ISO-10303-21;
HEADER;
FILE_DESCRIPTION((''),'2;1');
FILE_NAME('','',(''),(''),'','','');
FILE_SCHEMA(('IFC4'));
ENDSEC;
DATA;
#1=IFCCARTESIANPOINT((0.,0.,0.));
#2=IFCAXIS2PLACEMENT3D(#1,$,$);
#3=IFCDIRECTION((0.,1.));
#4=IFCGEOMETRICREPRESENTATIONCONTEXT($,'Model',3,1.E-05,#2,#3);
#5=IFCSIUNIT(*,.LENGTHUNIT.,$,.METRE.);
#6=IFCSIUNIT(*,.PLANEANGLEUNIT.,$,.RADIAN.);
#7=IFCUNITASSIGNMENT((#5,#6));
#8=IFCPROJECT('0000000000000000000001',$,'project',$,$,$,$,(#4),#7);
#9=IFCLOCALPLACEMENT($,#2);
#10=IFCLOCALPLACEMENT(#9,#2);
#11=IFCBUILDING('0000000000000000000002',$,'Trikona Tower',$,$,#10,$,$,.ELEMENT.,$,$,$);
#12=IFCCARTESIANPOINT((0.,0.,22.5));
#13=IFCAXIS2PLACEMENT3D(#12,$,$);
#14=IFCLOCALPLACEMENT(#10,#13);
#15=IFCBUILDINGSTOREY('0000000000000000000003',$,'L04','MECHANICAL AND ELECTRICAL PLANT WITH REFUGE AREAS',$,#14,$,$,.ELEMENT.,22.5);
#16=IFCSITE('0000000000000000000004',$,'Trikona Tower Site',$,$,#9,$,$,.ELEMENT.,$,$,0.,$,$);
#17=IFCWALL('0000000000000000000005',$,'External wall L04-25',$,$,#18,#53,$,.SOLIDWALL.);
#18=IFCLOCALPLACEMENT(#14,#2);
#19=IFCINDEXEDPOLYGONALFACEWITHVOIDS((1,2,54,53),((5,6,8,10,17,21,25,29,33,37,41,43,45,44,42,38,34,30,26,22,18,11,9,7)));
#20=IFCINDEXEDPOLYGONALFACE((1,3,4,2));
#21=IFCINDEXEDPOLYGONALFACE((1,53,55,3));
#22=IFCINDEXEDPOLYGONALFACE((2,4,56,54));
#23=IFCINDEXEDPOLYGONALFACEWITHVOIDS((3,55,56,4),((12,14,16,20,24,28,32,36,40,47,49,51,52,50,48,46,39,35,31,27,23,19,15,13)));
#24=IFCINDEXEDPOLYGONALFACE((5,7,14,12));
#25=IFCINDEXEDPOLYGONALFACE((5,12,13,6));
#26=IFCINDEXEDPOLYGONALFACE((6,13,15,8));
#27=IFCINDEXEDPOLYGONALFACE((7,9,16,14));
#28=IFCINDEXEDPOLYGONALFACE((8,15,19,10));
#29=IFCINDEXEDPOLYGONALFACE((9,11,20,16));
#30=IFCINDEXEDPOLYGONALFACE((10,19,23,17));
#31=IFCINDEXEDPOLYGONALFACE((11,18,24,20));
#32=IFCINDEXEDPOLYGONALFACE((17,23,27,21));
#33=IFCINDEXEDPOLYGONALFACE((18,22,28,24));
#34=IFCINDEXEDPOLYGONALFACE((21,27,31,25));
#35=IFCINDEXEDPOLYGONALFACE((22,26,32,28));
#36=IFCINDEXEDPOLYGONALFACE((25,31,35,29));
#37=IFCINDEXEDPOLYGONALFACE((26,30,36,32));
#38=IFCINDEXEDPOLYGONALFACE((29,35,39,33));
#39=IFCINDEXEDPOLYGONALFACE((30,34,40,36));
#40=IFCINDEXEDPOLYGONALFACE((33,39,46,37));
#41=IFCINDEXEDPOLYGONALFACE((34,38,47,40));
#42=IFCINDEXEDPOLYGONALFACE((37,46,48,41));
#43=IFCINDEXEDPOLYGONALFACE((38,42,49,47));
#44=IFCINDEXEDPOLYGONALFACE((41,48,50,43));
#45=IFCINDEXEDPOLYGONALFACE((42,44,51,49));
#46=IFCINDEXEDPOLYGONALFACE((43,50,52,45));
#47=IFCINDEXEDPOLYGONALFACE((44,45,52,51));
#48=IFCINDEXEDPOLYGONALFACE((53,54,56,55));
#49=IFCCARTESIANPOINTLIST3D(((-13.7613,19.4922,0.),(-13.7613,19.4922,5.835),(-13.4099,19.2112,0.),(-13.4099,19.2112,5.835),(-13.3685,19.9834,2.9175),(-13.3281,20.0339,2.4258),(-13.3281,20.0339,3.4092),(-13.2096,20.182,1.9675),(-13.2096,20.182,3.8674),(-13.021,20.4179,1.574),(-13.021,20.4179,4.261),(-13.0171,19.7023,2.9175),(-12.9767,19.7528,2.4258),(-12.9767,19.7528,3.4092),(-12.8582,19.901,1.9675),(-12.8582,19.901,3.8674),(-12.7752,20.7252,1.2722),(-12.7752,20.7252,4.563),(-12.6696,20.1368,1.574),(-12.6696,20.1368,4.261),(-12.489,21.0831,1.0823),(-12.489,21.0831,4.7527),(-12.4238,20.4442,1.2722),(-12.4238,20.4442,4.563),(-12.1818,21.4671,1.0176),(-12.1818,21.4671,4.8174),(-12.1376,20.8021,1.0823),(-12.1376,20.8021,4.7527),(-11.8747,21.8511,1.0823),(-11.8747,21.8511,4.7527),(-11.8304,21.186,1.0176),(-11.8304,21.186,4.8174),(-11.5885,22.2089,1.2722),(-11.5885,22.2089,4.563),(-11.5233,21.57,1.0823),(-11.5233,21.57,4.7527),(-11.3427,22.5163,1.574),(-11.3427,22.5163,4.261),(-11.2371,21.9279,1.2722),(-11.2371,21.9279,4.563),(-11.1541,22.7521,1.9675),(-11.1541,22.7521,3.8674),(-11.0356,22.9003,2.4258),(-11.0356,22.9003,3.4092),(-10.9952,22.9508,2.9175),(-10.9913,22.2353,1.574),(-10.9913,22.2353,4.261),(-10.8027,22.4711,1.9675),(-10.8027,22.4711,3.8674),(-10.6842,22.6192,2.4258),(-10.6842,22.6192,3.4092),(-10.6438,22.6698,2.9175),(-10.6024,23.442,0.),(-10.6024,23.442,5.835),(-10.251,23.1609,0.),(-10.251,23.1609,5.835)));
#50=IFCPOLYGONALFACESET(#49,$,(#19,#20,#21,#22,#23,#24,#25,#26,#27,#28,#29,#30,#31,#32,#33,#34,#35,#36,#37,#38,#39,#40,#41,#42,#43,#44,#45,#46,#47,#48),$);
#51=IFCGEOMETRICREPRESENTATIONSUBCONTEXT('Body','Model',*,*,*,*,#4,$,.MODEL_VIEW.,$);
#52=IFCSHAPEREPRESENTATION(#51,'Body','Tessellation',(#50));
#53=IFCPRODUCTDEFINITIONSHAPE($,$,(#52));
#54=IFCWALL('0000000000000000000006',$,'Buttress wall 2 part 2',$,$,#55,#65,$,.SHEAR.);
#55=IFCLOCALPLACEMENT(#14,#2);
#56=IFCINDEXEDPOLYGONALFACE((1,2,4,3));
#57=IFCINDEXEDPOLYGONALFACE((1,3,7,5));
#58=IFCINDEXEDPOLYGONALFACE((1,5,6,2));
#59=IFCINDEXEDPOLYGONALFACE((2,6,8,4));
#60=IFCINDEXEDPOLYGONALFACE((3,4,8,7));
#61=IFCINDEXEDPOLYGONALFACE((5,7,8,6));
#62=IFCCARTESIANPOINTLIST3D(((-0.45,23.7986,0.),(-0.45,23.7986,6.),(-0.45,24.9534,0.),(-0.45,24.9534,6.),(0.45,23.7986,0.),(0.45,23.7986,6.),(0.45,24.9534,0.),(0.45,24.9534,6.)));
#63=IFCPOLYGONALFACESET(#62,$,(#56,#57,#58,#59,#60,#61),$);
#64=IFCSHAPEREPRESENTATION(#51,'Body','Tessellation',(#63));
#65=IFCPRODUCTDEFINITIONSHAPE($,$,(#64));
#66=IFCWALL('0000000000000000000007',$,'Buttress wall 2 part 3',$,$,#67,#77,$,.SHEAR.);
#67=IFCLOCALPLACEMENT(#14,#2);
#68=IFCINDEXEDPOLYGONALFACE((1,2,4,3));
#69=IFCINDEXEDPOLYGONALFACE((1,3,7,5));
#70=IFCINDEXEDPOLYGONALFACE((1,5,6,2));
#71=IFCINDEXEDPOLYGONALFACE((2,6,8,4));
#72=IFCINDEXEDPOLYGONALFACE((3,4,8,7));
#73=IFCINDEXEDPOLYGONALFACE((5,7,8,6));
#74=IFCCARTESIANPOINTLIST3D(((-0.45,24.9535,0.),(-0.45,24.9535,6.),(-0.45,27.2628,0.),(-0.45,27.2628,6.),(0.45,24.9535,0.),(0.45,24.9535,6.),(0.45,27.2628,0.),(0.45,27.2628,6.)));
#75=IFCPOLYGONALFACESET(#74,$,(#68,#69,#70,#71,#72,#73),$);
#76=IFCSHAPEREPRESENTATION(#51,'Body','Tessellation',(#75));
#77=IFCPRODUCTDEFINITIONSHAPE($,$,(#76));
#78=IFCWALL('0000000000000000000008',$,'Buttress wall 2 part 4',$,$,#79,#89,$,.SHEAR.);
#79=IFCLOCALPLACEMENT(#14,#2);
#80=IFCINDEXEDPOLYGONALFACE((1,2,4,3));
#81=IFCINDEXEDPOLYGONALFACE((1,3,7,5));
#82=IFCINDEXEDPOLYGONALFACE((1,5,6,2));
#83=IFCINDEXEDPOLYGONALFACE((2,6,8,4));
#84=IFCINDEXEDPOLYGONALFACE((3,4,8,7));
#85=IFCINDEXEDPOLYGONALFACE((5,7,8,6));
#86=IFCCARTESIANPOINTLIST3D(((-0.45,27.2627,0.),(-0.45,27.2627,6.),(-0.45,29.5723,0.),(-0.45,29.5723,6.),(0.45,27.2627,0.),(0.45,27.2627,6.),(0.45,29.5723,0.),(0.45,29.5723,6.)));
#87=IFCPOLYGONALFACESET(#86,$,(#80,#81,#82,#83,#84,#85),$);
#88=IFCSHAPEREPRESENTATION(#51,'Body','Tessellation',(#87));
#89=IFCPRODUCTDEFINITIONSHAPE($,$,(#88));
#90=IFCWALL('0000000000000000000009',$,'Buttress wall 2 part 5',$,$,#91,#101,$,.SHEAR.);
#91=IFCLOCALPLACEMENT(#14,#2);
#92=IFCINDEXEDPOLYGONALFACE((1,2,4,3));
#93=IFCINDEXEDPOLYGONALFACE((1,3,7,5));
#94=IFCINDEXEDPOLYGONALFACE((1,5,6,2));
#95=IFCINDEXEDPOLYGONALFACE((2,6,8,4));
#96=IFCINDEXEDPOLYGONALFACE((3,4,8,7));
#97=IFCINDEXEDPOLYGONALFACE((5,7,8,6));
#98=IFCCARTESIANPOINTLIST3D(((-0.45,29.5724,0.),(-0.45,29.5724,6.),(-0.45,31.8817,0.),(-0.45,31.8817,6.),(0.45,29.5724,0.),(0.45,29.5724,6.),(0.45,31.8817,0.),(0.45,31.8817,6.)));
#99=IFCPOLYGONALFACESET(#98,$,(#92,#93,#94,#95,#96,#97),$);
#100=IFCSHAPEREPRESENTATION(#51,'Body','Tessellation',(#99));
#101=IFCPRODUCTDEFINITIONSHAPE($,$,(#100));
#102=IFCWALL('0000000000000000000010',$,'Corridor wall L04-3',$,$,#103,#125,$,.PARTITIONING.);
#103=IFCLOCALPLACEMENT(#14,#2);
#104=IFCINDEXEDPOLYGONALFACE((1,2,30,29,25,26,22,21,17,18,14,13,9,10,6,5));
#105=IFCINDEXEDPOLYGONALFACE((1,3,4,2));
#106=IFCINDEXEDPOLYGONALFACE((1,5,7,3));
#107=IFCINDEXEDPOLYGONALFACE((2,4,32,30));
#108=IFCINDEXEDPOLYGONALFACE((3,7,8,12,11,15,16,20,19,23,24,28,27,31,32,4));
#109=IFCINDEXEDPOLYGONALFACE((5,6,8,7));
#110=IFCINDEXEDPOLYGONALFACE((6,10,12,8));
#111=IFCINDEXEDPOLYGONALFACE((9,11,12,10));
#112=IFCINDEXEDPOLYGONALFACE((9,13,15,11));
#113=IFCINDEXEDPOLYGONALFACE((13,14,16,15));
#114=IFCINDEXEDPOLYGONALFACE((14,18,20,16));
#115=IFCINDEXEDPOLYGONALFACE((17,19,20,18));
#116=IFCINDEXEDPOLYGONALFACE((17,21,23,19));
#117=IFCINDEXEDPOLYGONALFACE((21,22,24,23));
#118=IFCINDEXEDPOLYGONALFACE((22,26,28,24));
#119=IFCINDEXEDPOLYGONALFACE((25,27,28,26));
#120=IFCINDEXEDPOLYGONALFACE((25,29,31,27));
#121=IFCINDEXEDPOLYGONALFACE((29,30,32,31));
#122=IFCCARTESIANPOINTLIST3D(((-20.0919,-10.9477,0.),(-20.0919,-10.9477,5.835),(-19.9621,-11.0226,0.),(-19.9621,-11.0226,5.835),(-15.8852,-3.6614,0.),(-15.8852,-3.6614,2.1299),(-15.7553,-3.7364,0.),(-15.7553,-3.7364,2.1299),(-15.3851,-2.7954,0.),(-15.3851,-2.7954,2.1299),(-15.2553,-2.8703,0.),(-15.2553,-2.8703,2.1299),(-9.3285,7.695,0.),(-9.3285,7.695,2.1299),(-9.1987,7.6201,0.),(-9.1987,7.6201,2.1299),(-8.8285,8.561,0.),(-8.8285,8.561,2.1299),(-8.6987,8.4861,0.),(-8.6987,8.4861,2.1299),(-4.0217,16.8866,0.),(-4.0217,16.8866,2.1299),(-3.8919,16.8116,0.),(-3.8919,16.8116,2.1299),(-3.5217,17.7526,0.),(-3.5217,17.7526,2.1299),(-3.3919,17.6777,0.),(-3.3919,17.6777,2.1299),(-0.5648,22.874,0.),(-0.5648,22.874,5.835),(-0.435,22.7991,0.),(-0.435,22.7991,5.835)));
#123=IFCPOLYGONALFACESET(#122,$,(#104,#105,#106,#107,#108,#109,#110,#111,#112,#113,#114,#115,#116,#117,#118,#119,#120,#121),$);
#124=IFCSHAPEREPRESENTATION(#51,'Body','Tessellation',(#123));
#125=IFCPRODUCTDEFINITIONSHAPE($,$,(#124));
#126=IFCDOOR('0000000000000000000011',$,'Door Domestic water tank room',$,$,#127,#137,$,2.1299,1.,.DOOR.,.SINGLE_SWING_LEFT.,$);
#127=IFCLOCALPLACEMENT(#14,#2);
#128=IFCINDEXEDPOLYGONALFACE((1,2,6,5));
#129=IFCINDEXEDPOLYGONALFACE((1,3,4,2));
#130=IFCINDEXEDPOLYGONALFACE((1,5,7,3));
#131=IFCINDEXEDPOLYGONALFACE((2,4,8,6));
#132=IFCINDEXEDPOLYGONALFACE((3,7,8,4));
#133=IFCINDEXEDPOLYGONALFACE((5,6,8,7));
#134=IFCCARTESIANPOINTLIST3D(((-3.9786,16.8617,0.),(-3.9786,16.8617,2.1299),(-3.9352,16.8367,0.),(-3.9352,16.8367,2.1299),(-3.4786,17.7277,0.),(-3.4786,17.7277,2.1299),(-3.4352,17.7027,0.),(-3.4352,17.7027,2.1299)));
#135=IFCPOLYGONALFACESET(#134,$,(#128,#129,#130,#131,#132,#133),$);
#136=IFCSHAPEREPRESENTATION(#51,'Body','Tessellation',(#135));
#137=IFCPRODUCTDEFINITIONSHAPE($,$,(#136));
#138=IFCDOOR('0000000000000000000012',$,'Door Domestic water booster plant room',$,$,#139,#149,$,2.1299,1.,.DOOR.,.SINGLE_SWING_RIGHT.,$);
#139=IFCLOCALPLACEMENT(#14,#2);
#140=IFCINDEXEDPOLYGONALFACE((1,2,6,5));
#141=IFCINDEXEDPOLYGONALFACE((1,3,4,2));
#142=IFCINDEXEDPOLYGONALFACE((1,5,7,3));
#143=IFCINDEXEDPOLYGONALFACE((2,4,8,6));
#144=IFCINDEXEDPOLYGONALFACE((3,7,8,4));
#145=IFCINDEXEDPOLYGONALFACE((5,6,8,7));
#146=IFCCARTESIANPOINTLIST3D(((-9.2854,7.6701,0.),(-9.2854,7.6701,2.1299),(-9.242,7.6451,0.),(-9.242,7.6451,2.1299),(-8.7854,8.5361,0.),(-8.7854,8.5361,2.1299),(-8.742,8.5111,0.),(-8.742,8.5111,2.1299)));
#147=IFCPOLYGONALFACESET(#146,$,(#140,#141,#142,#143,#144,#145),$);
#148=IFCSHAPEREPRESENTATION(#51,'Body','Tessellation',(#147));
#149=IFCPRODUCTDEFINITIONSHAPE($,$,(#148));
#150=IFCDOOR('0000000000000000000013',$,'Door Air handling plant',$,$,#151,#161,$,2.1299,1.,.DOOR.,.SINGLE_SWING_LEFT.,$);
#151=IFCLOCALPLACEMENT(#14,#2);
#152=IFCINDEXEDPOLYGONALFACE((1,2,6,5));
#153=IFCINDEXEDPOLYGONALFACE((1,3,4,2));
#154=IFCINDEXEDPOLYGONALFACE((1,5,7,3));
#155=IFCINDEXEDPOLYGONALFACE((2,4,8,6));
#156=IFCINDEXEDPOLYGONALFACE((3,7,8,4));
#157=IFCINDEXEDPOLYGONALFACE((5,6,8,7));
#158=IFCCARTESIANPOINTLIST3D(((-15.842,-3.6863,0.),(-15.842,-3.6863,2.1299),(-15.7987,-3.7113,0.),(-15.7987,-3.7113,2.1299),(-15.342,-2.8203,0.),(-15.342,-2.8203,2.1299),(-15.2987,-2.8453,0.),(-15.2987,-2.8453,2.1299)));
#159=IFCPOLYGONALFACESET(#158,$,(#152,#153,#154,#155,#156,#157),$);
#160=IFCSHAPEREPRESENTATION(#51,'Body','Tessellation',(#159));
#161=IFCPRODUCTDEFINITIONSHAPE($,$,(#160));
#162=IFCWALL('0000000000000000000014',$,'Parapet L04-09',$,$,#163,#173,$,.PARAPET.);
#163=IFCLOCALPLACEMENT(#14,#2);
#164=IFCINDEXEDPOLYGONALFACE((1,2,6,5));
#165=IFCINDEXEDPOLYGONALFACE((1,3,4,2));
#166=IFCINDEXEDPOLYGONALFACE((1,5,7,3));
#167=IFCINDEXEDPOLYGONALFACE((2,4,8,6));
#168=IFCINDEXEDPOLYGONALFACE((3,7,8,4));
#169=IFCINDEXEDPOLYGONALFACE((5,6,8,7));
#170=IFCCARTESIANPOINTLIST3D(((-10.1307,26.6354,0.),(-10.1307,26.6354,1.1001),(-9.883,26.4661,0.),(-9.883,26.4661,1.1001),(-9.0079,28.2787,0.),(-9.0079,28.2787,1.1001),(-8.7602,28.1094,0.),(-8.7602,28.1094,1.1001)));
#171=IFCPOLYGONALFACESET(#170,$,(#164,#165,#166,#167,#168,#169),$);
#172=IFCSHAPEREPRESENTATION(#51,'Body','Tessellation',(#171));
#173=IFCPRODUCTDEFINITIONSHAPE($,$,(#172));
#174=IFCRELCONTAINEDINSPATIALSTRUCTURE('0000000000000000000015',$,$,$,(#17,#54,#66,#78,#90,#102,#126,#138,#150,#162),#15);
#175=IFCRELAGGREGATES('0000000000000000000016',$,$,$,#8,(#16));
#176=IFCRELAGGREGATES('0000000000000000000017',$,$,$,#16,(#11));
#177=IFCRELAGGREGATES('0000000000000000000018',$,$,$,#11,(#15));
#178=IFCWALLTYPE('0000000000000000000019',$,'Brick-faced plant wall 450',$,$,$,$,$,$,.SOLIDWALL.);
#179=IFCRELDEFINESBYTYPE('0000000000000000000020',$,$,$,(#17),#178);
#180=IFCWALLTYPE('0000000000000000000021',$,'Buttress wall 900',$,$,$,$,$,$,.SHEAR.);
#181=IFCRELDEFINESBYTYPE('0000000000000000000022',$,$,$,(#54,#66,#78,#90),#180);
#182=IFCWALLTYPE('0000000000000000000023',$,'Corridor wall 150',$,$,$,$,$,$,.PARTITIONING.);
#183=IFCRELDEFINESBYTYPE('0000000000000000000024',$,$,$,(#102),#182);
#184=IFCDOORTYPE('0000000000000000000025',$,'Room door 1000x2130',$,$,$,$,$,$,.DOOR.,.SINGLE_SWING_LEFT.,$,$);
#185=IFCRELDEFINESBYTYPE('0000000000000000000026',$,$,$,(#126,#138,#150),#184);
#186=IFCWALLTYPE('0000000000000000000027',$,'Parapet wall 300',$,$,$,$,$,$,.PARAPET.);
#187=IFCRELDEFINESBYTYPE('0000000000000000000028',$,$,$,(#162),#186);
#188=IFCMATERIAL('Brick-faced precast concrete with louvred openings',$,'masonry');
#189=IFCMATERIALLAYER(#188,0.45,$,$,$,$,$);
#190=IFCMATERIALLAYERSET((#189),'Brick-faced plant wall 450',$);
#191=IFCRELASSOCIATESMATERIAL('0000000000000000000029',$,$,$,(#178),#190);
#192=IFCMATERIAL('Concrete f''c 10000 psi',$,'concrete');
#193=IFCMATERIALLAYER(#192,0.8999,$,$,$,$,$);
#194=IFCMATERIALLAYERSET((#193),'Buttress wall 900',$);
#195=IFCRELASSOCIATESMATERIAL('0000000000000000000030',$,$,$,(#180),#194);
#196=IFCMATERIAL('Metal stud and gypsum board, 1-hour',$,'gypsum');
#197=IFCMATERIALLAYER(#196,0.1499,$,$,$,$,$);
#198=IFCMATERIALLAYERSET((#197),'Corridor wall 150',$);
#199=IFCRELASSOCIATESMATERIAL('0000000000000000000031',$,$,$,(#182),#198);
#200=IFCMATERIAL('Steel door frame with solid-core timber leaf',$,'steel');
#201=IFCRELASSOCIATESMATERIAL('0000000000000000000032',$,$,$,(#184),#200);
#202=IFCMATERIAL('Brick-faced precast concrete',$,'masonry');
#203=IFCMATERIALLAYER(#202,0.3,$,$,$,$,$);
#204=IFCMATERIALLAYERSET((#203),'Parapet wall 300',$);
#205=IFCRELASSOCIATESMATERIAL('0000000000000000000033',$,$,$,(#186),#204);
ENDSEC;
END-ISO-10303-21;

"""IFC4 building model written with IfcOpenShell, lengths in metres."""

from ifc_helpers import new_model, si_unit, direction, frame, frame_2d, origin, place, context, subcontext, project, spatial, polyline, rectangle, outline, extrude, material, layer, layer_set, type_object, element, fill, save


model = new_model("IFC4")

# Units and contexts
model_context = context("Model", 3, precision=1e-05, world=origin(), true_north=direction((0.0, 1.0)))
body_context = subcontext(model_context, "Body", "Model", "MODEL_VIEW")
ifc_project = project(units=[si_unit("LENGTHUNIT", "METRE"), si_unit("PLANEANGLEUNIT", "RADIAN")], contexts=[model_context])

# Site, building, storey
site_placement = place(None, origin())
site = spatial("IfcSite", under=ifc_project, at=site_placement, Name="Trikona Tower Site", CompositionType="ELEMENT", RefElevation=0.0)
building_placement = place(site_placement, origin())
building = spatial("IfcBuilding", under=site, at=building_placement, Name="Trikona Tower", CompositionType="ELEMENT")
storey_placement = place(building_placement, frame((0.0, 0.0, 22.5)))
storey = spatial("IfcBuildingStorey", under=building, at=storey_placement, Name="L04", Description="MECHANICAL AND ELECTRICAL PLANT WITH REFUGE AREAS", CompositionType="ELEMENT", Elevation=22.5)

# Walls
ifc_material_1 = material(Name="Brick-faced precast concrete with louvred openings", Category="masonry")
ifc_layer_1 = layer(ifc_material_1, 0.45)
ifc_layer_set_1 = layer_set([ifc_layer_1], Name="Brick-faced plant wall 450")
wall_type_1 = type_object("IfcWallType", Name="Brick-faced plant wall 450", PredefinedType="SOLIDWALL", material=ifc_layer_set_1)
wall_1_placement = place(storey_placement, frame((-10.4268, 23.3015, 0.0), z_axis=(0.0, 0.0, 1.0), x_axis=(-0.624595, -0.780949, 0.0)))
element("IfcWall", 1, at=wall_1_placement, inside=storey, type_object=wall_type_1, Name="External wall L04-25", PredefinedType="SOLIDWALL", context=body_context, shape_type="SweptSolid", body=[
    extrude(outline(polyline([(0.0, 0.0), (5.0576, 0.0), (5.0576, 5.835), (0.0, 5.835), (0.0, 0.0)]), holes=[polyline([(4.4287, 2.9175), (4.364, 3.4092), (4.1743, 3.8674), (3.8723, 4.261), (3.4788, 4.563), (3.0205, 4.7527), (2.5288, 4.8174), (2.0371, 4.7527), (1.5789, 4.563), (1.1853, 4.261), (0.8833, 3.8674), (0.6936, 3.4092), (0.6289, 2.9175), (0.6936, 2.4258), (0.8833, 1.9675), (1.1853, 1.574), (1.5789, 1.2722), (2.0371, 1.0823), (2.5288, 1.0176), (3.0205, 1.0823), (3.4788, 1.2722), (3.8723, 1.574), (4.1743, 1.9675), (4.364, 2.4258), (4.4287, 2.9175)])]), frame((0.0, 0.2251, 0.0), z_axis=(0.0, -1.0, 0.0), x_axis=(1.0, 0.0, 0.0)), (0.0, 0.0, 1.0), 0.45),
])
ifc_material_2 = material(Name="Concrete f'c 10000 psi", Category="concrete")
ifc_layer_2 = layer(ifc_material_2, 0.8999)
ifc_layer_set_2 = layer_set([ifc_layer_2], Name="Buttress wall 900")
wall_type_2 = type_object("IfcWallType", Name="Buttress wall 900", PredefinedType="SHEAR", material=ifc_layer_set_2)
wall_2_placement = place(storey_placement, frame((0.0, 23.7986, 0.0), z_axis=(0.0, 0.0, 1.0), x_axis=(0.0, 1.0, 0.0)))
element("IfcWall", 2, at=wall_2_placement, inside=storey, type_object=wall_type_2, Name="Buttress wall 2 part 2", PredefinedType="SHEAR", context=body_context, shape_type="SweptSolid", body=[
    extrude(rectangle(XDim=1.1548, YDim=0.8999, at=frame_2d((0.5774, 0.0))), origin(), (0.0, 0.0, 1.0), 6.0),
])
wall_3_placement = place(storey_placement, frame((0.0, 24.9534, 0.0), z_axis=(0.0, 0.0, 1.0), x_axis=(0.0, 1.0, 0.0)))
element("IfcWall", 3, at=wall_3_placement, inside=storey, type_object=wall_type_2, Name="Buttress wall 2 part 3", PredefinedType="SHEAR", context=body_context, shape_type="SweptSolid", body=[
    extrude(rectangle(XDim=2.3093, YDim=0.8999, at=frame_2d((1.1548, 0.0))), origin(), (0.0, 0.0, 1.0), 6.0),
])
wall_4_placement = place(storey_placement, frame((0.0, 27.2627, 0.0), z_axis=(0.0, 0.0, 1.0), x_axis=(0.0, 1.0, 0.0)))
element("IfcWall", 4, at=wall_4_placement, inside=storey, type_object=wall_type_2, Name="Buttress wall 2 part 4", PredefinedType="SHEAR", context=body_context, shape_type="SweptSolid", body=[
    extrude(rectangle(XDim=2.3096, YDim=0.8999, at=frame_2d((1.1548, 0.0))), origin(), (0.0, 0.0, 1.0), 6.0),
])
wall_5_placement = place(storey_placement, frame((0.0, 29.5723, 0.0), z_axis=(0.0, 0.0, 1.0), x_axis=(0.0, 1.0, 0.0)))
element("IfcWall", 5, at=wall_5_placement, inside=storey, type_object=wall_type_2, Name="Buttress wall 2 part 5", PredefinedType="SHEAR", context=body_context, shape_type="SweptSolid", body=[
    extrude(rectangle(XDim=2.3093, YDim=0.8999, at=frame_2d((1.1548, 0.0))), origin(), (0.0, 0.0, 1.0), 6.0),
])

# Wall, openings, doors
ifc_material_3 = material(Name="Metal stud and gypsum board, 1-hour", Category="gypsum")
ifc_layer_3 = layer(ifc_material_3, 0.1499)
ifc_layer_set_3 = layer_set([ifc_layer_3], Name="Corridor wall 150")
wall_type_3 = type_object("IfcWallType", Name="Corridor wall 150", PredefinedType="PARTITIONING", material=ifc_layer_set_3)
wall_6_placement = place(storey_placement, frame((-0.5, 22.8364, 0.0), z_axis=(0.0, 0.0, 1.0), x_axis=(-0.500002, -0.866024, 0.0)))
wall_6 = element("IfcWall", 6, at=wall_6_placement, inside=storey, type_object=wall_type_3, Name="Corridor wall L04-3", PredefinedType="PARTITIONING", context=body_context, shape_type="SweptSolid", body=[
    extrude(rectangle(XDim=39.054, YDim=0.1499, at=frame_2d((19.5269, 0.0))), origin(), (0.0, 0.0, 1.0), 5.835),
])
opening_1_placement = place(wall_6_placement, frame((5.9136, 0.0, 0.0)))
opening_1 = element("IfcOpeningElement", 7, at=opening_1_placement, cuts=wall_6, PredefinedType="OPENING", context=body_context, shape_type="SweptSolid", body=[
    extrude(rectangle(XDim=1.0, YDim=2.1299, at=frame_2d((0.5, 1.0649))), frame((0.0, 0.085, 0.0), z_axis=(0.0, -1.0, 0.0), x_axis=(1.0, 0.0, 0.0)), (0.0, 0.0, 1.0), 0.1699),
])
opening_2_placement = place(wall_6_placement, frame((16.5271, 0.0, 0.0)))
opening_2 = element("IfcOpeningElement", 8, at=opening_2_placement, cuts=wall_6, PredefinedType="OPENING", context=body_context, shape_type="SweptSolid", body=[
    extrude(rectangle(XDim=1.0, YDim=2.1299, at=frame_2d((0.5, 1.0649))), frame((0.0, 0.085, 0.0), z_axis=(0.0, -1.0, 0.0), x_axis=(1.0, 0.0, 0.0)), (0.0, 0.0, 1.0), 0.1699),
])
opening_3_placement = place(wall_6_placement, frame((29.6404, 0.0, 0.0)))
opening_3 = element("IfcOpeningElement", 9, at=opening_3_placement, cuts=wall_6, PredefinedType="OPENING", context=body_context, shape_type="SweptSolid", body=[
    extrude(rectangle(XDim=1.0, YDim=2.1299, at=frame_2d((0.5, 1.0649))), frame((0.0, 0.085, 0.0), z_axis=(0.0, -1.0, 0.0), x_axis=(1.0, 0.0, 0.0)), (0.0, 0.0, 1.0), 0.1699),
])
ifc_material_4 = material(Name="Steel door frame with solid-core timber leaf", Category="steel")
door_type = type_object("IfcDoorType", Name="Room door 1000x2130", OperationType="SINGLE_SWING_LEFT", PredefinedType="DOOR", material=ifc_material_4)
door_1_placement = place(opening_1_placement, origin())
door_1 = element("IfcDoor", 10, at=door_1_placement, inside=storey, type_object=door_type, Name="Door Domestic water tank room", OperationType="SINGLE_SWING_LEFT", OverallHeight=2.1299, OverallWidth=1.0, PredefinedType="DOOR", context=body_context, shape_type="SweptSolid", body=[
    extrude(rectangle(XDim=1.0, YDim=2.1299, at=frame_2d((0.5, 1.0649))), frame((0.0, 0.0249, 0.0), z_axis=(0.0, -1.0, 0.0), x_axis=(1.0, 0.0, 0.0)), (0.0, 0.0, 1.0), 0.05),
])
fill(opening_1, door_1)
door_2_placement = place(opening_2_placement, origin())
door_2 = element("IfcDoor", 11, at=door_2_placement, inside=storey, type_object=door_type, Name="Door Domestic water booster plant room", OperationType="SINGLE_SWING_RIGHT", OverallHeight=2.1299, OverallWidth=1.0, PredefinedType="DOOR", context=body_context, shape_type="SweptSolid", body=[
    extrude(rectangle(XDim=1.0, YDim=2.1299, at=frame_2d((0.5, 1.0649))), frame((0.0, 0.0249, 0.0), z_axis=(0.0, -1.0, 0.0), x_axis=(1.0, 0.0, 0.0)), (0.0, 0.0, 1.0), 0.05),
])
fill(opening_2, door_2)
door_3_placement = place(opening_3_placement, origin())
door_3 = element("IfcDoor", 12, at=door_3_placement, inside=storey, type_object=door_type, Name="Door Air handling plant", OperationType="SINGLE_SWING_LEFT", OverallHeight=2.1299, OverallWidth=1.0, PredefinedType="DOOR", context=body_context, shape_type="SweptSolid", body=[
    extrude(rectangle(XDim=1.0, YDim=2.1299, at=frame_2d((0.5, 1.0649))), frame((0.0, 0.0249, 0.0), z_axis=(0.0, -1.0, 0.0), x_axis=(1.0, 0.0, 0.0)), (0.0, 0.0, 1.0), 0.05),
])
fill(opening_3, door_3)

# Wall
ifc_material_5 = material(Name="Brick-faced precast concrete", Category="masonry")
ifc_layer_4 = layer(ifc_material_5, 0.3)
ifc_layer_set_4 = layer_set([ifc_layer_4], Name="Parapet wall 300")
wall_type_4 = type_object("IfcWallType", Name="Parapet wall 300", PredefinedType="PARAPET", material=ifc_layer_set_4)
wall_7_placement = place(storey_placement, frame((-10.0068, 26.5508, 0.0), z_axis=(0.0, 0.0, 1.0), x_axis=(0.564147, 0.825674, 0.0)))
element("IfcWall", 13, at=wall_7_placement, inside=storey, type_object=wall_type_4, Name="Parapet L04-09", PredefinedType="PARAPET", context=body_context, shape_type="SweptSolid", body=[
    extrude(rectangle(XDim=1.9902, YDim=0.3, at=frame_2d((0.9951, 0.0))), origin(), (0.0, 0.0, 1.0), 1.1001),
])

save(model, "model.ifc")
